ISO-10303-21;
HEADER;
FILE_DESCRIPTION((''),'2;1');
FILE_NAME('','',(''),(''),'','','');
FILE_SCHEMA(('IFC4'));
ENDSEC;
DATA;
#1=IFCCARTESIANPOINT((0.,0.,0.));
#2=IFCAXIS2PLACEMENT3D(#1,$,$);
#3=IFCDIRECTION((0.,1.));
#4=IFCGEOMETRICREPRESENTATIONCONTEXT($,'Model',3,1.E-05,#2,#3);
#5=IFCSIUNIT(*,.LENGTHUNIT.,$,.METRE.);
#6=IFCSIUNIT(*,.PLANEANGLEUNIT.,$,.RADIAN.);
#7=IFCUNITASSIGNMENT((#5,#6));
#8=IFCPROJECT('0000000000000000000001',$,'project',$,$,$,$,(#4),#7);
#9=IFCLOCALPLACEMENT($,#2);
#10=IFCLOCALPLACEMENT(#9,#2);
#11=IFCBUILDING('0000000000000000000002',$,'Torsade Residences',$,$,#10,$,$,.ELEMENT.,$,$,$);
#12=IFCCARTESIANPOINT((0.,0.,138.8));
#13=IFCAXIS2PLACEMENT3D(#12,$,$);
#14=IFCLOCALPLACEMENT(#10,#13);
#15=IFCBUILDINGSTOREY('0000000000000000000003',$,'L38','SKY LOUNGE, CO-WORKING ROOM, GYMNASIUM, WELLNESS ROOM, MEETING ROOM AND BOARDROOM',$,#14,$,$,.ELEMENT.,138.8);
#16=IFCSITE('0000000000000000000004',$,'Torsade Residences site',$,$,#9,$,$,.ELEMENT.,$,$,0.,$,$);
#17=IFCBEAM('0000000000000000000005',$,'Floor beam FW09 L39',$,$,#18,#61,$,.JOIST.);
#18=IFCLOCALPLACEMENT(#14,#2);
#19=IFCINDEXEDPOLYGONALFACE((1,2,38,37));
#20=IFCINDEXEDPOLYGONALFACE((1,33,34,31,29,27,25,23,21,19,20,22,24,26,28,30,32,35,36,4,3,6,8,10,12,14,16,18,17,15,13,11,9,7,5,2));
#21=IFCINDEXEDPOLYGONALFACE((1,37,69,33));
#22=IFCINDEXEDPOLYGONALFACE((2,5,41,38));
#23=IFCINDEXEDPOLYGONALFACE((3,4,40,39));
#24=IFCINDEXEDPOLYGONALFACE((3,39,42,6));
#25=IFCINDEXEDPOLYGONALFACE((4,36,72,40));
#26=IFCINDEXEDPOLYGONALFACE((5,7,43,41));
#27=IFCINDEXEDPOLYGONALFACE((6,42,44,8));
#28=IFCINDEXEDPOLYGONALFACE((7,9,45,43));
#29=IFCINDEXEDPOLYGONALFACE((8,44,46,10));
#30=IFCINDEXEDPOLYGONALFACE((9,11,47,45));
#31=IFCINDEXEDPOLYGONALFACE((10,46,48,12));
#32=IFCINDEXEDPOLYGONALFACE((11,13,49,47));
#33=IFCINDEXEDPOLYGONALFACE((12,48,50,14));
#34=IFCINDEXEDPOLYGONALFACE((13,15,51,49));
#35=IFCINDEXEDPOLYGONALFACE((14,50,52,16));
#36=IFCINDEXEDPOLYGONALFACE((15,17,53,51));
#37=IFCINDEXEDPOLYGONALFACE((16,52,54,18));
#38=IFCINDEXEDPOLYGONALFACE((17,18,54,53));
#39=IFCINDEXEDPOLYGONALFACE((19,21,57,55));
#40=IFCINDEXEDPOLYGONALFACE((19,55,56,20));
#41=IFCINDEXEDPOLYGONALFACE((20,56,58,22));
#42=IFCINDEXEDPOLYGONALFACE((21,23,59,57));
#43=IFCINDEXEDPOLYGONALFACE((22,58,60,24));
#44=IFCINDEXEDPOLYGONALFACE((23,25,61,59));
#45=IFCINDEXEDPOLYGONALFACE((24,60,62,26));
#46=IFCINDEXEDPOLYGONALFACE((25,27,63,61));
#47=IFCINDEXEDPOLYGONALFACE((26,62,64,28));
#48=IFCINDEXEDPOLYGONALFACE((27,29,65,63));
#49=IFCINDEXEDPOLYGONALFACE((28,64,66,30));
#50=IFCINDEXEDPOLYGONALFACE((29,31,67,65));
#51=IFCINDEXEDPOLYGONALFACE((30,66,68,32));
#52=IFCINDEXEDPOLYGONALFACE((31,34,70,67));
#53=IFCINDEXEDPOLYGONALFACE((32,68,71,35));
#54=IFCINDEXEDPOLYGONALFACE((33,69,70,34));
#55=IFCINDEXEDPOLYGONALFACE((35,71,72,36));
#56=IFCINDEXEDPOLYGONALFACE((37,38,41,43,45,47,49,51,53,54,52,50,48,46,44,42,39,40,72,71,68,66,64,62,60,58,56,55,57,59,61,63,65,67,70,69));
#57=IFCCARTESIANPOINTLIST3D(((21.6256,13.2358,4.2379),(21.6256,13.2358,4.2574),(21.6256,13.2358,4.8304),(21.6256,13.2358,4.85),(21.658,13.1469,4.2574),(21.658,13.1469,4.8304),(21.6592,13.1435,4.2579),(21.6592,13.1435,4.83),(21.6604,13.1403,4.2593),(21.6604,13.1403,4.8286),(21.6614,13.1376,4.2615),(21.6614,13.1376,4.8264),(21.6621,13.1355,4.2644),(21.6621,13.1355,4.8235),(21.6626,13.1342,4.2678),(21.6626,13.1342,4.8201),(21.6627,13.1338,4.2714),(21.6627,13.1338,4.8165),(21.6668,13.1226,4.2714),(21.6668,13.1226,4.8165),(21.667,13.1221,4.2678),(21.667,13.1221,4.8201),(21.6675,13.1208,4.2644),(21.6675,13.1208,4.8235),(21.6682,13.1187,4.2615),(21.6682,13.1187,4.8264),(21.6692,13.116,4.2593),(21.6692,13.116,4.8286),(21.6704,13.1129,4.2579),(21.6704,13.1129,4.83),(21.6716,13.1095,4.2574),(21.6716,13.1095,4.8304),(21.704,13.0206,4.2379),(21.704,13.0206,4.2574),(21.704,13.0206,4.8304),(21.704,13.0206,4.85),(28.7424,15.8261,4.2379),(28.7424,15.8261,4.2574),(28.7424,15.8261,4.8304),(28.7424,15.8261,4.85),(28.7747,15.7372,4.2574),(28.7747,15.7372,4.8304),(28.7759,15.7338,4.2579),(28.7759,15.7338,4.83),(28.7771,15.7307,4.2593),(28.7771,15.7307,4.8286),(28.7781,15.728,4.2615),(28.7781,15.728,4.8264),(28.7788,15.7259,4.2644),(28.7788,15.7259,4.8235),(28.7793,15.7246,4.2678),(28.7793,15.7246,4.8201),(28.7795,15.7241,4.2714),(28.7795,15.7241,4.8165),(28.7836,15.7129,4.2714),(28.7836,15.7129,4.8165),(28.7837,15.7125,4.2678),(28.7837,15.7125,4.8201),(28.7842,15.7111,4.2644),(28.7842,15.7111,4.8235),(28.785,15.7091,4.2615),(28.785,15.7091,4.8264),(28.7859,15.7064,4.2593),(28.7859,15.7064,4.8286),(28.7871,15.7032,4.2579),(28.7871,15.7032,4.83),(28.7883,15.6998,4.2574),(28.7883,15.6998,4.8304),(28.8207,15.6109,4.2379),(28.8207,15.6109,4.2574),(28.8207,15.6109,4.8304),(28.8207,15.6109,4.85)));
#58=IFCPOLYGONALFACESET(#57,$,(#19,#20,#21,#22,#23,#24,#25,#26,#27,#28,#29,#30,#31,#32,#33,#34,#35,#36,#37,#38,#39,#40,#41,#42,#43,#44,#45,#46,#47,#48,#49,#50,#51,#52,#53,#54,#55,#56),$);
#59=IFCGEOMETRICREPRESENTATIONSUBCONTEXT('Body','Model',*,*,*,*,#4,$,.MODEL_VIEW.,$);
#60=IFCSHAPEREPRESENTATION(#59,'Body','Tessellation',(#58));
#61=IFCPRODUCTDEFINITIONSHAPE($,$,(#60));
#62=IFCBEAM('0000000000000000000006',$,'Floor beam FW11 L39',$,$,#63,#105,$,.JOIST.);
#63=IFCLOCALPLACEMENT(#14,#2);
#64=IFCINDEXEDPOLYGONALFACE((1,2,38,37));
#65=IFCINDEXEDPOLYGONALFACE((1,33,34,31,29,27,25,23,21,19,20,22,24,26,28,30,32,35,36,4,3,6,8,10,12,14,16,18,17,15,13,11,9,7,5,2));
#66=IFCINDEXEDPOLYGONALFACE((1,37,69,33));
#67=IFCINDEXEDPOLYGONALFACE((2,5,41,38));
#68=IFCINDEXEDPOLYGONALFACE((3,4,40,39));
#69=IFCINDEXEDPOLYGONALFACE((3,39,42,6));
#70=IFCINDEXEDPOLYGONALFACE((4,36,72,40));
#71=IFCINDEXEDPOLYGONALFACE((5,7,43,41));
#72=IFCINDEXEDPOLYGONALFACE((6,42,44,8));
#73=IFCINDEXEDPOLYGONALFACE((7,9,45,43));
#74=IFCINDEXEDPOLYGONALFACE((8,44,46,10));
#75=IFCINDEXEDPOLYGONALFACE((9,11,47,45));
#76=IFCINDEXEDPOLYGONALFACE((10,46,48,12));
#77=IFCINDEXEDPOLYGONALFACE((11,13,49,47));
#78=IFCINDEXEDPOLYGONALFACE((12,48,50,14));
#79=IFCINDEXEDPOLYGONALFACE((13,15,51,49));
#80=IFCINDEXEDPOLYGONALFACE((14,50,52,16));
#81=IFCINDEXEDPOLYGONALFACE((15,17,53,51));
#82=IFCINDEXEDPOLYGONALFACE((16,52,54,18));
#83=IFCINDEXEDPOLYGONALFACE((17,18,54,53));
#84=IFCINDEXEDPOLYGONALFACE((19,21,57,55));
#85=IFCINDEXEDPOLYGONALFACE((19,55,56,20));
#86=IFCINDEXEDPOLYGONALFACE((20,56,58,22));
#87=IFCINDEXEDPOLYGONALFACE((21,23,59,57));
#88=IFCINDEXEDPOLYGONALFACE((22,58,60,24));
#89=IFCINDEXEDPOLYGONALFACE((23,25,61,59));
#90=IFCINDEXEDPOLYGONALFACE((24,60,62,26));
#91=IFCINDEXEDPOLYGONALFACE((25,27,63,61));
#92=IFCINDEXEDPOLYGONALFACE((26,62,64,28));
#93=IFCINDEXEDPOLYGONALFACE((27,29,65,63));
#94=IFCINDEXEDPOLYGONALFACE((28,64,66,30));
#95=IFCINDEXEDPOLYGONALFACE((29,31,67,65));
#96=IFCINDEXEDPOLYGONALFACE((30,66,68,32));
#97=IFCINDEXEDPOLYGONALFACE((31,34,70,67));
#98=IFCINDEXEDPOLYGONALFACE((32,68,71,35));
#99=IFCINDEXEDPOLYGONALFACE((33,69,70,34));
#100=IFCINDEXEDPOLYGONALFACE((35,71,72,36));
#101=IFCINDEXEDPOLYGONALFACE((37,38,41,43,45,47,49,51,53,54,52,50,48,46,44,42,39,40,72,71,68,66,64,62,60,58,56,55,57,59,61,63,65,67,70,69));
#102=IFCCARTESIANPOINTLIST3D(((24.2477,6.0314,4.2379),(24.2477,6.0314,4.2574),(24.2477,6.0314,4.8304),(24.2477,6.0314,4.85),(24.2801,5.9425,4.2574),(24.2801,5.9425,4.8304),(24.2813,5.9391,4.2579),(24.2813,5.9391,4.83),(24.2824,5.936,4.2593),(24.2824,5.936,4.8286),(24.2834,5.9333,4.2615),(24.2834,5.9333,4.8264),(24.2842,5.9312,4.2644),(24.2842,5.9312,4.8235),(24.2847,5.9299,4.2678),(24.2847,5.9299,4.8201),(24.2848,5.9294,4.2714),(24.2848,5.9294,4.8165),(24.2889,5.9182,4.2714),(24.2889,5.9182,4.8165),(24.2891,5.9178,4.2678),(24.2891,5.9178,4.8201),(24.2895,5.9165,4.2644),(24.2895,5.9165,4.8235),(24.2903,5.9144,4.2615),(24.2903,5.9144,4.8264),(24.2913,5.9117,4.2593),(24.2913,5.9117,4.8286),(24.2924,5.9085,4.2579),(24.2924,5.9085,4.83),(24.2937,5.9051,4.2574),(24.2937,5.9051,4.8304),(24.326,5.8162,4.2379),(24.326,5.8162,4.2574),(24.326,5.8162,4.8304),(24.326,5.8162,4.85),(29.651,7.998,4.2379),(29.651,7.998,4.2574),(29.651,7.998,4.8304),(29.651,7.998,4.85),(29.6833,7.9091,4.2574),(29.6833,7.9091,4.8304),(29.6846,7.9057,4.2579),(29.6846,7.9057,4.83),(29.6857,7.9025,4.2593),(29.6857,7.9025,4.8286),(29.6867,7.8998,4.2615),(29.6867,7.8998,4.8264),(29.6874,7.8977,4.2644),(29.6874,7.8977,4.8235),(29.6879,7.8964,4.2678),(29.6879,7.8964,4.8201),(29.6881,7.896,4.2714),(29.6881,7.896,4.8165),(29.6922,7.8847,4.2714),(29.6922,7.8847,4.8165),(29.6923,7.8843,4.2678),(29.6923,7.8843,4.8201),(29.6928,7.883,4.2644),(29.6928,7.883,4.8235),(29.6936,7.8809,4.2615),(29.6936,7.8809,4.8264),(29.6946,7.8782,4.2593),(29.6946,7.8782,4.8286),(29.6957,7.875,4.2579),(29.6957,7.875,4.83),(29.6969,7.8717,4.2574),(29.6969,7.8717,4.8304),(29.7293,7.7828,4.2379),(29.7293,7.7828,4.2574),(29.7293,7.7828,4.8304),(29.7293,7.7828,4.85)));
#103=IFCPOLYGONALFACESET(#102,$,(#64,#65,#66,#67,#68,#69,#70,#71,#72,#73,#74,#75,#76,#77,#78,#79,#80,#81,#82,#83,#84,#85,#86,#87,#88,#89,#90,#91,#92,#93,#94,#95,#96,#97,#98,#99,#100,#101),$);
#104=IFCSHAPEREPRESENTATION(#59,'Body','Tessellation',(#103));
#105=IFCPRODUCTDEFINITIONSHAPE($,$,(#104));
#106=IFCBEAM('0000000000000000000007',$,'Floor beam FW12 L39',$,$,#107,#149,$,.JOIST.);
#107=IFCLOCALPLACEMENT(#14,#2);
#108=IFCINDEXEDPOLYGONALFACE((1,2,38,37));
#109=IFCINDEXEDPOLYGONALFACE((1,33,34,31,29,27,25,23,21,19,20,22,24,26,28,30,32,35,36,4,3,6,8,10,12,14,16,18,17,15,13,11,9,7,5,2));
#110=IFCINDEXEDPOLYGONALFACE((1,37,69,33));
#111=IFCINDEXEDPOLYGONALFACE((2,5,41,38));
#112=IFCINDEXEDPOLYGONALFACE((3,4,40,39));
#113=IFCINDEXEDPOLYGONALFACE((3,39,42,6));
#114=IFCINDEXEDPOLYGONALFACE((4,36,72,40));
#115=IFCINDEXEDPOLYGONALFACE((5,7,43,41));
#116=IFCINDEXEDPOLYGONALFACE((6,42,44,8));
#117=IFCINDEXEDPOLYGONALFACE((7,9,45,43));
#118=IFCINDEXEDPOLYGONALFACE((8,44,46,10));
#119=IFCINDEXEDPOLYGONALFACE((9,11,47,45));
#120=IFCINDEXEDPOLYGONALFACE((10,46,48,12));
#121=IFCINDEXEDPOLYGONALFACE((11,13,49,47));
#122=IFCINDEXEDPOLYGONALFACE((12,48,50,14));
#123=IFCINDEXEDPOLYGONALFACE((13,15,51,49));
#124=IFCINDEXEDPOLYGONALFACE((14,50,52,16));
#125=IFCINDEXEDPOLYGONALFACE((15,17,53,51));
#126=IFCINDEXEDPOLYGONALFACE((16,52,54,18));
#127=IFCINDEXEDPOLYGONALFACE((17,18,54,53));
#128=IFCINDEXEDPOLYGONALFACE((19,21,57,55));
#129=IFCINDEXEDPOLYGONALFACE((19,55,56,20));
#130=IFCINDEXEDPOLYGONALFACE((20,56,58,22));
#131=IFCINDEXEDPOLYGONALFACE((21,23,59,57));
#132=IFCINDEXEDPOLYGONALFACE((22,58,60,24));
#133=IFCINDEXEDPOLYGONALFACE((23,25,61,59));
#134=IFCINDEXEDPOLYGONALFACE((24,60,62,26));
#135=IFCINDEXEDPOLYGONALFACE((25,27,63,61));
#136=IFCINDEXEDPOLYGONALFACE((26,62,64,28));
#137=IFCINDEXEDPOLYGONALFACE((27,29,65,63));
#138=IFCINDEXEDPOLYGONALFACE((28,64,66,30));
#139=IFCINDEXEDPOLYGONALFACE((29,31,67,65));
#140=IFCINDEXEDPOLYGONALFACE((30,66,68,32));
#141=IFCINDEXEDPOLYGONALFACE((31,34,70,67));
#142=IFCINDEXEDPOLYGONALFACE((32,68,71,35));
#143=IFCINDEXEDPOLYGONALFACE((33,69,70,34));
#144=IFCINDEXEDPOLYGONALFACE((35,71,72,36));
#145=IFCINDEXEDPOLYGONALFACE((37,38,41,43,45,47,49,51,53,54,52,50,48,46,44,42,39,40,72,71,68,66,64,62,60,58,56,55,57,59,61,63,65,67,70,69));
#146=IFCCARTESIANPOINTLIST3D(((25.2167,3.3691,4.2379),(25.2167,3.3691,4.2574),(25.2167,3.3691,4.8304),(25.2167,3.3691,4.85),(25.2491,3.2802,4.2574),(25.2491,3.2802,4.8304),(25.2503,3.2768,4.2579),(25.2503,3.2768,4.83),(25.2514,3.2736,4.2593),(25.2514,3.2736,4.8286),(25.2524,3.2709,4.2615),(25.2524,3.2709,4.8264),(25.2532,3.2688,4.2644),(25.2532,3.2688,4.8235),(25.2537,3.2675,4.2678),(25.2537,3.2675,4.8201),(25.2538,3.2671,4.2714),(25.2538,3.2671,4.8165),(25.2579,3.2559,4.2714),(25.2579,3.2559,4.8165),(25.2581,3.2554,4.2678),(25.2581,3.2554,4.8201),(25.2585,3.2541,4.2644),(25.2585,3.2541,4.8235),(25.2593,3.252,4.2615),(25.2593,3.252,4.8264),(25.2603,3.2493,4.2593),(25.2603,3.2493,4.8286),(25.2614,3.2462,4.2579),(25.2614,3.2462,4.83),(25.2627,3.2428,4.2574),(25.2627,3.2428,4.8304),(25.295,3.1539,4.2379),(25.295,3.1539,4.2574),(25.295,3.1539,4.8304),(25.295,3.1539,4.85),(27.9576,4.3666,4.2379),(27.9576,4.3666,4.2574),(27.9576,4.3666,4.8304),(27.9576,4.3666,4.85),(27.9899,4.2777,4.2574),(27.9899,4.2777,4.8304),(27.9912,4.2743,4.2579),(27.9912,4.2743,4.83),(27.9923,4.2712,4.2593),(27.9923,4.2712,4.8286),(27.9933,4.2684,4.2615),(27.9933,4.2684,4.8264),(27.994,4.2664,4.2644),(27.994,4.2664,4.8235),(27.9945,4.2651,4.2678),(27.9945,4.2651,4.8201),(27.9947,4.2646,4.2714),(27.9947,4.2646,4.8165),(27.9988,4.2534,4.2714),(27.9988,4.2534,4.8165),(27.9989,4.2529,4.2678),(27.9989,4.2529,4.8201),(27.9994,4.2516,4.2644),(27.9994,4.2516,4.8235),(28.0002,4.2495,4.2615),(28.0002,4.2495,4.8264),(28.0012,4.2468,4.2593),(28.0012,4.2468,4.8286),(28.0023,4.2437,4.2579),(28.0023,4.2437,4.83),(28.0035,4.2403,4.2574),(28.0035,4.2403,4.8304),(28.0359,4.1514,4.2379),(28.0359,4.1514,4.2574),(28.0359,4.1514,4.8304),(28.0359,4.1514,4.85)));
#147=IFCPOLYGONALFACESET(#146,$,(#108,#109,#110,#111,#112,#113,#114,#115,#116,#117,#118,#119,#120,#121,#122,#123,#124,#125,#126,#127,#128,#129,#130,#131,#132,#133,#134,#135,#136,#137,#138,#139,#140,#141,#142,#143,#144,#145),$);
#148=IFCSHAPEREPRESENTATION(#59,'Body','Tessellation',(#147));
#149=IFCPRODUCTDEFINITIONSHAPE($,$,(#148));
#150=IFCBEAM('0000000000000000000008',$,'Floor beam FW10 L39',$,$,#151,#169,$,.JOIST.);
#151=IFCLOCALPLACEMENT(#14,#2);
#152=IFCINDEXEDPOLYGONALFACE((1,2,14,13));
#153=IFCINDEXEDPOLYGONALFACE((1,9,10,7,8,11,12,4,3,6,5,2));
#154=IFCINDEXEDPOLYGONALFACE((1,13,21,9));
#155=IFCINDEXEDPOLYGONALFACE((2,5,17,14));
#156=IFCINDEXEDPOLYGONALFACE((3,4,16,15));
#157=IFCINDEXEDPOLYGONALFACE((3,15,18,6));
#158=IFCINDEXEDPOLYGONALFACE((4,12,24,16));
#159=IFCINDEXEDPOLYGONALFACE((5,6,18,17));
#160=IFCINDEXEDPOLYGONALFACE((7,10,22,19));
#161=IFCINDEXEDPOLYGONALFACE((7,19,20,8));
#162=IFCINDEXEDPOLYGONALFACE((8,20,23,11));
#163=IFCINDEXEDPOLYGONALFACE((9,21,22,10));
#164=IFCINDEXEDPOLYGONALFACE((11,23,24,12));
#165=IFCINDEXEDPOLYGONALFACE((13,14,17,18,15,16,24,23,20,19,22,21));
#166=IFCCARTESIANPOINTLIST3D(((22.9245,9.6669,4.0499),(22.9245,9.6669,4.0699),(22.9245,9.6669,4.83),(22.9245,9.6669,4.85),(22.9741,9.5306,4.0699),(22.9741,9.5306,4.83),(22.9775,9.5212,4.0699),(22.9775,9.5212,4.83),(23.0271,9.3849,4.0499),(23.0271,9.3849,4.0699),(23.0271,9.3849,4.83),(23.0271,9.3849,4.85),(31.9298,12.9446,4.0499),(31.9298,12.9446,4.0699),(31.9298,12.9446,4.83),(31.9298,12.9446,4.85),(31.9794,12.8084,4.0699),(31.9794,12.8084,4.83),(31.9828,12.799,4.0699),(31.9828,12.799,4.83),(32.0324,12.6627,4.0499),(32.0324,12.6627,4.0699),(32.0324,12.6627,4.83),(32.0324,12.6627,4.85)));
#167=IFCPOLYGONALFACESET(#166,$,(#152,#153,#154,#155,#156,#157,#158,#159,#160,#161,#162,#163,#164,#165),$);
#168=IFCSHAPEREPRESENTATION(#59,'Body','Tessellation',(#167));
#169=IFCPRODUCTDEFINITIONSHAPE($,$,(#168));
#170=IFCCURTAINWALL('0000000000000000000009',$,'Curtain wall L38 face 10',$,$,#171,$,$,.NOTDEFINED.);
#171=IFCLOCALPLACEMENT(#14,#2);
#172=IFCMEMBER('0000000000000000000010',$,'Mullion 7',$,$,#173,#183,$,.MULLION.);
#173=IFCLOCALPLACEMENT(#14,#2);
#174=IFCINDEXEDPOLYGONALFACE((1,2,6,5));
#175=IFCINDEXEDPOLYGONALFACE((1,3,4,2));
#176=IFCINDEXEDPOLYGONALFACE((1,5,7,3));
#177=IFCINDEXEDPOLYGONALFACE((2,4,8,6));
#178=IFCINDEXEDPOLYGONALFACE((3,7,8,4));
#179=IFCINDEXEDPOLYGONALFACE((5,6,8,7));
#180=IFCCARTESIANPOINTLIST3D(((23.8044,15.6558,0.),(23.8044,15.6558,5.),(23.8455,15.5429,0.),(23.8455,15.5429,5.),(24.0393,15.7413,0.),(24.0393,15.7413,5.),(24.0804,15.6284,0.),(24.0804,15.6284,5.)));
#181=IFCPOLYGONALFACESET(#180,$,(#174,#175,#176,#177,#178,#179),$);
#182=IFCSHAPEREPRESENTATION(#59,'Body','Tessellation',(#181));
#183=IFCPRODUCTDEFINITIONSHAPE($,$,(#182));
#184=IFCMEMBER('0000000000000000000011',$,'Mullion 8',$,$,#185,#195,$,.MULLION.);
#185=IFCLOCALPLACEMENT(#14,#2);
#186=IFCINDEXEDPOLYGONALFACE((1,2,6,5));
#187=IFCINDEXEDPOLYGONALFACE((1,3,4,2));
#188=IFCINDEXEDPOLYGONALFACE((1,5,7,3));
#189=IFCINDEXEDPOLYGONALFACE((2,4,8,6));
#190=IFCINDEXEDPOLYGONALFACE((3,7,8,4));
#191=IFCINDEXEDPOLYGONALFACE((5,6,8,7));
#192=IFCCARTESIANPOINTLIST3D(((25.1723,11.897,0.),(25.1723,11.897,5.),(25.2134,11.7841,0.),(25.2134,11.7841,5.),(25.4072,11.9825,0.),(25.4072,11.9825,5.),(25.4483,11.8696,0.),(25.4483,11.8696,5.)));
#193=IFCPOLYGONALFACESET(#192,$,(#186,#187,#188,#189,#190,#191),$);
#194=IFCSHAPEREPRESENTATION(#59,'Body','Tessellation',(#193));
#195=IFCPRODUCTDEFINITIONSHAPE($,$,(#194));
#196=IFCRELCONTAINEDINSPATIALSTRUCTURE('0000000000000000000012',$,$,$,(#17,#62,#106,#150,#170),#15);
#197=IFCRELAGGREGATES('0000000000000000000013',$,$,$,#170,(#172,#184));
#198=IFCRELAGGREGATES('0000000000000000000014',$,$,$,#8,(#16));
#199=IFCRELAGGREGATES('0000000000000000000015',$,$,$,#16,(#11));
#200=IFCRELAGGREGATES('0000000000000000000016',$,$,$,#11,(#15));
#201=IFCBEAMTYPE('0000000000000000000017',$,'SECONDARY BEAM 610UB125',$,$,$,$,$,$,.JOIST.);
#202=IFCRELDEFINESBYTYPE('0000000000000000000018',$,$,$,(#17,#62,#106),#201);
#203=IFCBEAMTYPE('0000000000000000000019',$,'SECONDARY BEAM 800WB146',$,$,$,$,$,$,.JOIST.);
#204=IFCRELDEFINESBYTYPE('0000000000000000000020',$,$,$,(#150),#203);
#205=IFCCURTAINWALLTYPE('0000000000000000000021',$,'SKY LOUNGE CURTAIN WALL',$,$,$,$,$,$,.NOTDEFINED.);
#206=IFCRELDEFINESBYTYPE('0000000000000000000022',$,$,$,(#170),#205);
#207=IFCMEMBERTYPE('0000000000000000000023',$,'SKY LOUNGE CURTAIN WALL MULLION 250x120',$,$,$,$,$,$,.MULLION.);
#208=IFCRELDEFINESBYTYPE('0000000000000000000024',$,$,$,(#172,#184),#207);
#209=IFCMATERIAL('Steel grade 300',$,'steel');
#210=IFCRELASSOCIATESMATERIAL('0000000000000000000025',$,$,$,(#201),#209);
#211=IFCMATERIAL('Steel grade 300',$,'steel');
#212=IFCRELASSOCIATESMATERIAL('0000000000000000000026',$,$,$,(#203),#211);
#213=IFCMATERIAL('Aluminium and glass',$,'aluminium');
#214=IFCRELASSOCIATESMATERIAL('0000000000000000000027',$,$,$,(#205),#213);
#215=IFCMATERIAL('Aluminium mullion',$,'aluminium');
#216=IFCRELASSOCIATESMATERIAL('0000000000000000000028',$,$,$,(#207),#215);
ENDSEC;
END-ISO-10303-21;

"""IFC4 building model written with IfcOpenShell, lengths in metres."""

from ifc_helpers import new_model, si_unit, direction, frame, origin, origin_2d, place, context, subcontext, project, spatial, rectangle, i_section, extrude, material, material_profile, profile_set, type_object, element, aggregate, save


model = new_model("IFC4")

# Units and contexts
model_context = context("Model", 3, precision=1e-05, world=origin(), true_north=direction((0.0, 1.0)))
body_context = subcontext(model_context, "Body", "Model", "MODEL_VIEW")
ifc_project = project(units=[si_unit("LENGTHUNIT", "METRE"), si_unit("PLANEANGLEUNIT", "RADIAN")], contexts=[model_context])

# Site, building, storey
site_placement = place(None, origin())
site = spatial("IfcSite", under=ifc_project, at=site_placement, Name="Torsade Residences site", CompositionType="ELEMENT", RefElevation=0.0)
building_placement = place(site_placement, origin())
building = spatial("IfcBuilding", under=site, at=building_placement, Name="Torsade Residences", CompositionType="ELEMENT")
storey_placement = place(building_placement, frame((0.0, 0.0, 138.8)))
storey = spatial("IfcBuildingStorey", under=building, at=storey_placement, Name="L38", Description="SKY LOUNGE, CO-WORKING ROOM, GYMNASIUM, WELLNESS ROOM, MEETING ROOM AND BOARDROOM", CompositionType="ELEMENT", Elevation=138.8)

# Beams
ifc_material_1 = material(Name="Steel grade 300", Category="steel")
ifc_material_profile_1 = material_profile(ifc_material_1, i_section(OverallWidth=0.229, OverallDepth=0.6121, WebThickness=0.012, FlangeThickness=0.0195, FilletRadius=0.0139, at=origin_2d()), Name="610UB125")
ifc_profile_set_1 = profile_set([ifc_material_profile_1], Name="Steel grade 300")
beam_type_1 = type_object("IfcBeamType", Name="SECONDARY BEAM 610UB125", PredefinedType="JOIST", material=ifc_profile_set_1)
beam_1_placement = place(storey_placement, frame((21.6648, 13.1282, 4.5439), z_axis=(0.93969, 0.342028, 0.0), x_axis=(-0.342028, 0.93969, 0.0)))
element("IfcBeam", 1, at=beam_1_placement, inside=storey, type_object=beam_type_1, Name="Floor beam FW09 L39", PredefinedType="JOIST", context=body_context, shape_type="SweptSolid", body=[
    extrude(i_section(OverallWidth=0.229, OverallDepth=0.6121, WebThickness=0.012, FlangeThickness=0.0195, FilletRadius=0.0139, at=origin_2d()), origin(), (0.0, 0.0, 1.0), 7.5735),
])
beam_2_placement = place(storey_placement, frame((24.2869, 5.9238, 4.5439), z_axis=(0.939698, 0.342006, 0.0), x_axis=(-0.342006, 0.939698, 0.0)))
element("IfcBeam", 2, at=beam_2_placement, inside=storey, type_object=beam_type_1, Name="Floor beam FW11 L39", PredefinedType="JOIST", context=body_context, shape_type="SweptSolid", body=[
    extrude(i_section(OverallWidth=0.229, OverallDepth=0.6121, WebThickness=0.012, FlangeThickness=0.0195, FilletRadius=0.0139, at=origin_2d()), origin(), (0.0, 0.0, 1.0), 5.75),
])
beam_3_placement = place(storey_placement, frame((25.2559, 3.2615, 4.5439), z_axis=(0.939701, 0.341998, 0.0), x_axis=(-0.341998, 0.939701, 0.0)))
element("IfcBeam", 3, at=beam_3_placement, inside=storey, type_object=beam_type_1, Name="Floor beam FW12 L39", PredefinedType="JOIST", context=body_context, shape_type="SweptSolid", body=[
    extrude(i_section(OverallWidth=0.229, OverallDepth=0.6121, WebThickness=0.012, FlangeThickness=0.0195, FilletRadius=0.0139, at=origin_2d()), origin(), (0.0, 0.0, 1.0), 2.9167),
])
ifc_material_2 = material(Name="Steel grade 300", Category="steel")
ifc_material_profile_2 = material_profile(ifc_material_2, i_section(OverallWidth=0.3, OverallDepth=0.8, WebThickness=0.01, FlangeThickness=0.02, at=origin_2d()), Name="800WB146")
ifc_profile_set_2 = profile_set([ifc_material_profile_2], Name="Steel grade 300")
beam_type_2 = type_object("IfcBeamType", Name="SECONDARY BEAM 800WB146", PredefinedType="JOIST", material=ifc_profile_set_2)
beam_4_placement = place(storey_placement, frame((22.9758, 9.5259, 4.45), z_axis=(0.939688, 0.342034, 0.0), x_axis=(-0.342034, 0.939688, 0.0)))
element("IfcBeam", 4, at=beam_4_placement, inside=storey, type_object=beam_type_2, Name="Floor beam FW10 L39", PredefinedType="JOIST", context=body_context, shape_type="SweptSolid", body=[
    extrude(i_section(OverallWidth=0.3, OverallDepth=0.8, WebThickness=0.01, FlangeThickness=0.02, at=origin_2d()), origin(), (0.0, 0.0, 1.0), 9.5833),
])

# Curtain wall, members
ifc_material_3 = material(Name="Aluminium and glass", Category="aluminium")
curtain_wall_type = type_object("IfcCurtainWallType", Name="SKY LOUNGE CURTAIN WALL", PredefinedType="NOTDEFINED", material=ifc_material_3)
curtain_wall_placement = place(storey_placement, origin())
curtain_wall = element("IfcCurtainWall", 5, at=curtain_wall_placement, inside=storey, type_object=curtain_wall_type, Name="Curtain wall L38 face 10", PredefinedType="NOTDEFINED")
ifc_material_4 = material(Name="Aluminium mullion", Category="aluminium")
ifc_material_profile_3 = material_profile(ifc_material_4, rectangle(XDim=0.25, YDim=0.1201, at=origin_2d()), Name="SKY LOUNGE CURTAIN WALL MULLION 250x120")
ifc_profile_set_3 = profile_set([ifc_material_profile_3], Name="Aluminium mullion")
member_type_1 = type_object("IfcMemberType", Name="SKY LOUNGE CURTAIN WALL MULLION 250x120", PredefinedType="MULLION", material=ifc_profile_set_3)
member_1_placement = place(storey_placement, frame((23.9424, 15.6421, 0.0), z_axis=(0.0, 0.0, 1.0), x_axis=(0.939693, 0.34202, 0.0)))
member_1 = element("IfcMember", 6, at=member_1_placement, type_object=member_type_1, Name="Mullion 7", PredefinedType="MULLION", context=body_context, shape_type="SweptSolid", body=[
    extrude(rectangle(XDim=0.25, YDim=0.1201, at=origin_2d()), origin(), (0.0, 0.0, 1.0), 5.0),
])
member_2_placement = place(storey_placement, frame((25.3103, 11.8833, 0.0), z_axis=(0.0, 0.0, 1.0), x_axis=(0.939693, 0.34202, 0.0)))
member_2 = element("IfcMember", 7, at=member_2_placement, type_object=member_type_1, Name="Mullion 8", PredefinedType="MULLION", context=body_context, shape_type="SweptSolid", body=[
    extrude(rectangle(XDim=0.25, YDim=0.1201, at=origin_2d()), origin(), (0.0, 0.0, 1.0), 5.0),
])

aggregate(curtain_wall, [member_1, member_2])

save(model, "model.ifc")
